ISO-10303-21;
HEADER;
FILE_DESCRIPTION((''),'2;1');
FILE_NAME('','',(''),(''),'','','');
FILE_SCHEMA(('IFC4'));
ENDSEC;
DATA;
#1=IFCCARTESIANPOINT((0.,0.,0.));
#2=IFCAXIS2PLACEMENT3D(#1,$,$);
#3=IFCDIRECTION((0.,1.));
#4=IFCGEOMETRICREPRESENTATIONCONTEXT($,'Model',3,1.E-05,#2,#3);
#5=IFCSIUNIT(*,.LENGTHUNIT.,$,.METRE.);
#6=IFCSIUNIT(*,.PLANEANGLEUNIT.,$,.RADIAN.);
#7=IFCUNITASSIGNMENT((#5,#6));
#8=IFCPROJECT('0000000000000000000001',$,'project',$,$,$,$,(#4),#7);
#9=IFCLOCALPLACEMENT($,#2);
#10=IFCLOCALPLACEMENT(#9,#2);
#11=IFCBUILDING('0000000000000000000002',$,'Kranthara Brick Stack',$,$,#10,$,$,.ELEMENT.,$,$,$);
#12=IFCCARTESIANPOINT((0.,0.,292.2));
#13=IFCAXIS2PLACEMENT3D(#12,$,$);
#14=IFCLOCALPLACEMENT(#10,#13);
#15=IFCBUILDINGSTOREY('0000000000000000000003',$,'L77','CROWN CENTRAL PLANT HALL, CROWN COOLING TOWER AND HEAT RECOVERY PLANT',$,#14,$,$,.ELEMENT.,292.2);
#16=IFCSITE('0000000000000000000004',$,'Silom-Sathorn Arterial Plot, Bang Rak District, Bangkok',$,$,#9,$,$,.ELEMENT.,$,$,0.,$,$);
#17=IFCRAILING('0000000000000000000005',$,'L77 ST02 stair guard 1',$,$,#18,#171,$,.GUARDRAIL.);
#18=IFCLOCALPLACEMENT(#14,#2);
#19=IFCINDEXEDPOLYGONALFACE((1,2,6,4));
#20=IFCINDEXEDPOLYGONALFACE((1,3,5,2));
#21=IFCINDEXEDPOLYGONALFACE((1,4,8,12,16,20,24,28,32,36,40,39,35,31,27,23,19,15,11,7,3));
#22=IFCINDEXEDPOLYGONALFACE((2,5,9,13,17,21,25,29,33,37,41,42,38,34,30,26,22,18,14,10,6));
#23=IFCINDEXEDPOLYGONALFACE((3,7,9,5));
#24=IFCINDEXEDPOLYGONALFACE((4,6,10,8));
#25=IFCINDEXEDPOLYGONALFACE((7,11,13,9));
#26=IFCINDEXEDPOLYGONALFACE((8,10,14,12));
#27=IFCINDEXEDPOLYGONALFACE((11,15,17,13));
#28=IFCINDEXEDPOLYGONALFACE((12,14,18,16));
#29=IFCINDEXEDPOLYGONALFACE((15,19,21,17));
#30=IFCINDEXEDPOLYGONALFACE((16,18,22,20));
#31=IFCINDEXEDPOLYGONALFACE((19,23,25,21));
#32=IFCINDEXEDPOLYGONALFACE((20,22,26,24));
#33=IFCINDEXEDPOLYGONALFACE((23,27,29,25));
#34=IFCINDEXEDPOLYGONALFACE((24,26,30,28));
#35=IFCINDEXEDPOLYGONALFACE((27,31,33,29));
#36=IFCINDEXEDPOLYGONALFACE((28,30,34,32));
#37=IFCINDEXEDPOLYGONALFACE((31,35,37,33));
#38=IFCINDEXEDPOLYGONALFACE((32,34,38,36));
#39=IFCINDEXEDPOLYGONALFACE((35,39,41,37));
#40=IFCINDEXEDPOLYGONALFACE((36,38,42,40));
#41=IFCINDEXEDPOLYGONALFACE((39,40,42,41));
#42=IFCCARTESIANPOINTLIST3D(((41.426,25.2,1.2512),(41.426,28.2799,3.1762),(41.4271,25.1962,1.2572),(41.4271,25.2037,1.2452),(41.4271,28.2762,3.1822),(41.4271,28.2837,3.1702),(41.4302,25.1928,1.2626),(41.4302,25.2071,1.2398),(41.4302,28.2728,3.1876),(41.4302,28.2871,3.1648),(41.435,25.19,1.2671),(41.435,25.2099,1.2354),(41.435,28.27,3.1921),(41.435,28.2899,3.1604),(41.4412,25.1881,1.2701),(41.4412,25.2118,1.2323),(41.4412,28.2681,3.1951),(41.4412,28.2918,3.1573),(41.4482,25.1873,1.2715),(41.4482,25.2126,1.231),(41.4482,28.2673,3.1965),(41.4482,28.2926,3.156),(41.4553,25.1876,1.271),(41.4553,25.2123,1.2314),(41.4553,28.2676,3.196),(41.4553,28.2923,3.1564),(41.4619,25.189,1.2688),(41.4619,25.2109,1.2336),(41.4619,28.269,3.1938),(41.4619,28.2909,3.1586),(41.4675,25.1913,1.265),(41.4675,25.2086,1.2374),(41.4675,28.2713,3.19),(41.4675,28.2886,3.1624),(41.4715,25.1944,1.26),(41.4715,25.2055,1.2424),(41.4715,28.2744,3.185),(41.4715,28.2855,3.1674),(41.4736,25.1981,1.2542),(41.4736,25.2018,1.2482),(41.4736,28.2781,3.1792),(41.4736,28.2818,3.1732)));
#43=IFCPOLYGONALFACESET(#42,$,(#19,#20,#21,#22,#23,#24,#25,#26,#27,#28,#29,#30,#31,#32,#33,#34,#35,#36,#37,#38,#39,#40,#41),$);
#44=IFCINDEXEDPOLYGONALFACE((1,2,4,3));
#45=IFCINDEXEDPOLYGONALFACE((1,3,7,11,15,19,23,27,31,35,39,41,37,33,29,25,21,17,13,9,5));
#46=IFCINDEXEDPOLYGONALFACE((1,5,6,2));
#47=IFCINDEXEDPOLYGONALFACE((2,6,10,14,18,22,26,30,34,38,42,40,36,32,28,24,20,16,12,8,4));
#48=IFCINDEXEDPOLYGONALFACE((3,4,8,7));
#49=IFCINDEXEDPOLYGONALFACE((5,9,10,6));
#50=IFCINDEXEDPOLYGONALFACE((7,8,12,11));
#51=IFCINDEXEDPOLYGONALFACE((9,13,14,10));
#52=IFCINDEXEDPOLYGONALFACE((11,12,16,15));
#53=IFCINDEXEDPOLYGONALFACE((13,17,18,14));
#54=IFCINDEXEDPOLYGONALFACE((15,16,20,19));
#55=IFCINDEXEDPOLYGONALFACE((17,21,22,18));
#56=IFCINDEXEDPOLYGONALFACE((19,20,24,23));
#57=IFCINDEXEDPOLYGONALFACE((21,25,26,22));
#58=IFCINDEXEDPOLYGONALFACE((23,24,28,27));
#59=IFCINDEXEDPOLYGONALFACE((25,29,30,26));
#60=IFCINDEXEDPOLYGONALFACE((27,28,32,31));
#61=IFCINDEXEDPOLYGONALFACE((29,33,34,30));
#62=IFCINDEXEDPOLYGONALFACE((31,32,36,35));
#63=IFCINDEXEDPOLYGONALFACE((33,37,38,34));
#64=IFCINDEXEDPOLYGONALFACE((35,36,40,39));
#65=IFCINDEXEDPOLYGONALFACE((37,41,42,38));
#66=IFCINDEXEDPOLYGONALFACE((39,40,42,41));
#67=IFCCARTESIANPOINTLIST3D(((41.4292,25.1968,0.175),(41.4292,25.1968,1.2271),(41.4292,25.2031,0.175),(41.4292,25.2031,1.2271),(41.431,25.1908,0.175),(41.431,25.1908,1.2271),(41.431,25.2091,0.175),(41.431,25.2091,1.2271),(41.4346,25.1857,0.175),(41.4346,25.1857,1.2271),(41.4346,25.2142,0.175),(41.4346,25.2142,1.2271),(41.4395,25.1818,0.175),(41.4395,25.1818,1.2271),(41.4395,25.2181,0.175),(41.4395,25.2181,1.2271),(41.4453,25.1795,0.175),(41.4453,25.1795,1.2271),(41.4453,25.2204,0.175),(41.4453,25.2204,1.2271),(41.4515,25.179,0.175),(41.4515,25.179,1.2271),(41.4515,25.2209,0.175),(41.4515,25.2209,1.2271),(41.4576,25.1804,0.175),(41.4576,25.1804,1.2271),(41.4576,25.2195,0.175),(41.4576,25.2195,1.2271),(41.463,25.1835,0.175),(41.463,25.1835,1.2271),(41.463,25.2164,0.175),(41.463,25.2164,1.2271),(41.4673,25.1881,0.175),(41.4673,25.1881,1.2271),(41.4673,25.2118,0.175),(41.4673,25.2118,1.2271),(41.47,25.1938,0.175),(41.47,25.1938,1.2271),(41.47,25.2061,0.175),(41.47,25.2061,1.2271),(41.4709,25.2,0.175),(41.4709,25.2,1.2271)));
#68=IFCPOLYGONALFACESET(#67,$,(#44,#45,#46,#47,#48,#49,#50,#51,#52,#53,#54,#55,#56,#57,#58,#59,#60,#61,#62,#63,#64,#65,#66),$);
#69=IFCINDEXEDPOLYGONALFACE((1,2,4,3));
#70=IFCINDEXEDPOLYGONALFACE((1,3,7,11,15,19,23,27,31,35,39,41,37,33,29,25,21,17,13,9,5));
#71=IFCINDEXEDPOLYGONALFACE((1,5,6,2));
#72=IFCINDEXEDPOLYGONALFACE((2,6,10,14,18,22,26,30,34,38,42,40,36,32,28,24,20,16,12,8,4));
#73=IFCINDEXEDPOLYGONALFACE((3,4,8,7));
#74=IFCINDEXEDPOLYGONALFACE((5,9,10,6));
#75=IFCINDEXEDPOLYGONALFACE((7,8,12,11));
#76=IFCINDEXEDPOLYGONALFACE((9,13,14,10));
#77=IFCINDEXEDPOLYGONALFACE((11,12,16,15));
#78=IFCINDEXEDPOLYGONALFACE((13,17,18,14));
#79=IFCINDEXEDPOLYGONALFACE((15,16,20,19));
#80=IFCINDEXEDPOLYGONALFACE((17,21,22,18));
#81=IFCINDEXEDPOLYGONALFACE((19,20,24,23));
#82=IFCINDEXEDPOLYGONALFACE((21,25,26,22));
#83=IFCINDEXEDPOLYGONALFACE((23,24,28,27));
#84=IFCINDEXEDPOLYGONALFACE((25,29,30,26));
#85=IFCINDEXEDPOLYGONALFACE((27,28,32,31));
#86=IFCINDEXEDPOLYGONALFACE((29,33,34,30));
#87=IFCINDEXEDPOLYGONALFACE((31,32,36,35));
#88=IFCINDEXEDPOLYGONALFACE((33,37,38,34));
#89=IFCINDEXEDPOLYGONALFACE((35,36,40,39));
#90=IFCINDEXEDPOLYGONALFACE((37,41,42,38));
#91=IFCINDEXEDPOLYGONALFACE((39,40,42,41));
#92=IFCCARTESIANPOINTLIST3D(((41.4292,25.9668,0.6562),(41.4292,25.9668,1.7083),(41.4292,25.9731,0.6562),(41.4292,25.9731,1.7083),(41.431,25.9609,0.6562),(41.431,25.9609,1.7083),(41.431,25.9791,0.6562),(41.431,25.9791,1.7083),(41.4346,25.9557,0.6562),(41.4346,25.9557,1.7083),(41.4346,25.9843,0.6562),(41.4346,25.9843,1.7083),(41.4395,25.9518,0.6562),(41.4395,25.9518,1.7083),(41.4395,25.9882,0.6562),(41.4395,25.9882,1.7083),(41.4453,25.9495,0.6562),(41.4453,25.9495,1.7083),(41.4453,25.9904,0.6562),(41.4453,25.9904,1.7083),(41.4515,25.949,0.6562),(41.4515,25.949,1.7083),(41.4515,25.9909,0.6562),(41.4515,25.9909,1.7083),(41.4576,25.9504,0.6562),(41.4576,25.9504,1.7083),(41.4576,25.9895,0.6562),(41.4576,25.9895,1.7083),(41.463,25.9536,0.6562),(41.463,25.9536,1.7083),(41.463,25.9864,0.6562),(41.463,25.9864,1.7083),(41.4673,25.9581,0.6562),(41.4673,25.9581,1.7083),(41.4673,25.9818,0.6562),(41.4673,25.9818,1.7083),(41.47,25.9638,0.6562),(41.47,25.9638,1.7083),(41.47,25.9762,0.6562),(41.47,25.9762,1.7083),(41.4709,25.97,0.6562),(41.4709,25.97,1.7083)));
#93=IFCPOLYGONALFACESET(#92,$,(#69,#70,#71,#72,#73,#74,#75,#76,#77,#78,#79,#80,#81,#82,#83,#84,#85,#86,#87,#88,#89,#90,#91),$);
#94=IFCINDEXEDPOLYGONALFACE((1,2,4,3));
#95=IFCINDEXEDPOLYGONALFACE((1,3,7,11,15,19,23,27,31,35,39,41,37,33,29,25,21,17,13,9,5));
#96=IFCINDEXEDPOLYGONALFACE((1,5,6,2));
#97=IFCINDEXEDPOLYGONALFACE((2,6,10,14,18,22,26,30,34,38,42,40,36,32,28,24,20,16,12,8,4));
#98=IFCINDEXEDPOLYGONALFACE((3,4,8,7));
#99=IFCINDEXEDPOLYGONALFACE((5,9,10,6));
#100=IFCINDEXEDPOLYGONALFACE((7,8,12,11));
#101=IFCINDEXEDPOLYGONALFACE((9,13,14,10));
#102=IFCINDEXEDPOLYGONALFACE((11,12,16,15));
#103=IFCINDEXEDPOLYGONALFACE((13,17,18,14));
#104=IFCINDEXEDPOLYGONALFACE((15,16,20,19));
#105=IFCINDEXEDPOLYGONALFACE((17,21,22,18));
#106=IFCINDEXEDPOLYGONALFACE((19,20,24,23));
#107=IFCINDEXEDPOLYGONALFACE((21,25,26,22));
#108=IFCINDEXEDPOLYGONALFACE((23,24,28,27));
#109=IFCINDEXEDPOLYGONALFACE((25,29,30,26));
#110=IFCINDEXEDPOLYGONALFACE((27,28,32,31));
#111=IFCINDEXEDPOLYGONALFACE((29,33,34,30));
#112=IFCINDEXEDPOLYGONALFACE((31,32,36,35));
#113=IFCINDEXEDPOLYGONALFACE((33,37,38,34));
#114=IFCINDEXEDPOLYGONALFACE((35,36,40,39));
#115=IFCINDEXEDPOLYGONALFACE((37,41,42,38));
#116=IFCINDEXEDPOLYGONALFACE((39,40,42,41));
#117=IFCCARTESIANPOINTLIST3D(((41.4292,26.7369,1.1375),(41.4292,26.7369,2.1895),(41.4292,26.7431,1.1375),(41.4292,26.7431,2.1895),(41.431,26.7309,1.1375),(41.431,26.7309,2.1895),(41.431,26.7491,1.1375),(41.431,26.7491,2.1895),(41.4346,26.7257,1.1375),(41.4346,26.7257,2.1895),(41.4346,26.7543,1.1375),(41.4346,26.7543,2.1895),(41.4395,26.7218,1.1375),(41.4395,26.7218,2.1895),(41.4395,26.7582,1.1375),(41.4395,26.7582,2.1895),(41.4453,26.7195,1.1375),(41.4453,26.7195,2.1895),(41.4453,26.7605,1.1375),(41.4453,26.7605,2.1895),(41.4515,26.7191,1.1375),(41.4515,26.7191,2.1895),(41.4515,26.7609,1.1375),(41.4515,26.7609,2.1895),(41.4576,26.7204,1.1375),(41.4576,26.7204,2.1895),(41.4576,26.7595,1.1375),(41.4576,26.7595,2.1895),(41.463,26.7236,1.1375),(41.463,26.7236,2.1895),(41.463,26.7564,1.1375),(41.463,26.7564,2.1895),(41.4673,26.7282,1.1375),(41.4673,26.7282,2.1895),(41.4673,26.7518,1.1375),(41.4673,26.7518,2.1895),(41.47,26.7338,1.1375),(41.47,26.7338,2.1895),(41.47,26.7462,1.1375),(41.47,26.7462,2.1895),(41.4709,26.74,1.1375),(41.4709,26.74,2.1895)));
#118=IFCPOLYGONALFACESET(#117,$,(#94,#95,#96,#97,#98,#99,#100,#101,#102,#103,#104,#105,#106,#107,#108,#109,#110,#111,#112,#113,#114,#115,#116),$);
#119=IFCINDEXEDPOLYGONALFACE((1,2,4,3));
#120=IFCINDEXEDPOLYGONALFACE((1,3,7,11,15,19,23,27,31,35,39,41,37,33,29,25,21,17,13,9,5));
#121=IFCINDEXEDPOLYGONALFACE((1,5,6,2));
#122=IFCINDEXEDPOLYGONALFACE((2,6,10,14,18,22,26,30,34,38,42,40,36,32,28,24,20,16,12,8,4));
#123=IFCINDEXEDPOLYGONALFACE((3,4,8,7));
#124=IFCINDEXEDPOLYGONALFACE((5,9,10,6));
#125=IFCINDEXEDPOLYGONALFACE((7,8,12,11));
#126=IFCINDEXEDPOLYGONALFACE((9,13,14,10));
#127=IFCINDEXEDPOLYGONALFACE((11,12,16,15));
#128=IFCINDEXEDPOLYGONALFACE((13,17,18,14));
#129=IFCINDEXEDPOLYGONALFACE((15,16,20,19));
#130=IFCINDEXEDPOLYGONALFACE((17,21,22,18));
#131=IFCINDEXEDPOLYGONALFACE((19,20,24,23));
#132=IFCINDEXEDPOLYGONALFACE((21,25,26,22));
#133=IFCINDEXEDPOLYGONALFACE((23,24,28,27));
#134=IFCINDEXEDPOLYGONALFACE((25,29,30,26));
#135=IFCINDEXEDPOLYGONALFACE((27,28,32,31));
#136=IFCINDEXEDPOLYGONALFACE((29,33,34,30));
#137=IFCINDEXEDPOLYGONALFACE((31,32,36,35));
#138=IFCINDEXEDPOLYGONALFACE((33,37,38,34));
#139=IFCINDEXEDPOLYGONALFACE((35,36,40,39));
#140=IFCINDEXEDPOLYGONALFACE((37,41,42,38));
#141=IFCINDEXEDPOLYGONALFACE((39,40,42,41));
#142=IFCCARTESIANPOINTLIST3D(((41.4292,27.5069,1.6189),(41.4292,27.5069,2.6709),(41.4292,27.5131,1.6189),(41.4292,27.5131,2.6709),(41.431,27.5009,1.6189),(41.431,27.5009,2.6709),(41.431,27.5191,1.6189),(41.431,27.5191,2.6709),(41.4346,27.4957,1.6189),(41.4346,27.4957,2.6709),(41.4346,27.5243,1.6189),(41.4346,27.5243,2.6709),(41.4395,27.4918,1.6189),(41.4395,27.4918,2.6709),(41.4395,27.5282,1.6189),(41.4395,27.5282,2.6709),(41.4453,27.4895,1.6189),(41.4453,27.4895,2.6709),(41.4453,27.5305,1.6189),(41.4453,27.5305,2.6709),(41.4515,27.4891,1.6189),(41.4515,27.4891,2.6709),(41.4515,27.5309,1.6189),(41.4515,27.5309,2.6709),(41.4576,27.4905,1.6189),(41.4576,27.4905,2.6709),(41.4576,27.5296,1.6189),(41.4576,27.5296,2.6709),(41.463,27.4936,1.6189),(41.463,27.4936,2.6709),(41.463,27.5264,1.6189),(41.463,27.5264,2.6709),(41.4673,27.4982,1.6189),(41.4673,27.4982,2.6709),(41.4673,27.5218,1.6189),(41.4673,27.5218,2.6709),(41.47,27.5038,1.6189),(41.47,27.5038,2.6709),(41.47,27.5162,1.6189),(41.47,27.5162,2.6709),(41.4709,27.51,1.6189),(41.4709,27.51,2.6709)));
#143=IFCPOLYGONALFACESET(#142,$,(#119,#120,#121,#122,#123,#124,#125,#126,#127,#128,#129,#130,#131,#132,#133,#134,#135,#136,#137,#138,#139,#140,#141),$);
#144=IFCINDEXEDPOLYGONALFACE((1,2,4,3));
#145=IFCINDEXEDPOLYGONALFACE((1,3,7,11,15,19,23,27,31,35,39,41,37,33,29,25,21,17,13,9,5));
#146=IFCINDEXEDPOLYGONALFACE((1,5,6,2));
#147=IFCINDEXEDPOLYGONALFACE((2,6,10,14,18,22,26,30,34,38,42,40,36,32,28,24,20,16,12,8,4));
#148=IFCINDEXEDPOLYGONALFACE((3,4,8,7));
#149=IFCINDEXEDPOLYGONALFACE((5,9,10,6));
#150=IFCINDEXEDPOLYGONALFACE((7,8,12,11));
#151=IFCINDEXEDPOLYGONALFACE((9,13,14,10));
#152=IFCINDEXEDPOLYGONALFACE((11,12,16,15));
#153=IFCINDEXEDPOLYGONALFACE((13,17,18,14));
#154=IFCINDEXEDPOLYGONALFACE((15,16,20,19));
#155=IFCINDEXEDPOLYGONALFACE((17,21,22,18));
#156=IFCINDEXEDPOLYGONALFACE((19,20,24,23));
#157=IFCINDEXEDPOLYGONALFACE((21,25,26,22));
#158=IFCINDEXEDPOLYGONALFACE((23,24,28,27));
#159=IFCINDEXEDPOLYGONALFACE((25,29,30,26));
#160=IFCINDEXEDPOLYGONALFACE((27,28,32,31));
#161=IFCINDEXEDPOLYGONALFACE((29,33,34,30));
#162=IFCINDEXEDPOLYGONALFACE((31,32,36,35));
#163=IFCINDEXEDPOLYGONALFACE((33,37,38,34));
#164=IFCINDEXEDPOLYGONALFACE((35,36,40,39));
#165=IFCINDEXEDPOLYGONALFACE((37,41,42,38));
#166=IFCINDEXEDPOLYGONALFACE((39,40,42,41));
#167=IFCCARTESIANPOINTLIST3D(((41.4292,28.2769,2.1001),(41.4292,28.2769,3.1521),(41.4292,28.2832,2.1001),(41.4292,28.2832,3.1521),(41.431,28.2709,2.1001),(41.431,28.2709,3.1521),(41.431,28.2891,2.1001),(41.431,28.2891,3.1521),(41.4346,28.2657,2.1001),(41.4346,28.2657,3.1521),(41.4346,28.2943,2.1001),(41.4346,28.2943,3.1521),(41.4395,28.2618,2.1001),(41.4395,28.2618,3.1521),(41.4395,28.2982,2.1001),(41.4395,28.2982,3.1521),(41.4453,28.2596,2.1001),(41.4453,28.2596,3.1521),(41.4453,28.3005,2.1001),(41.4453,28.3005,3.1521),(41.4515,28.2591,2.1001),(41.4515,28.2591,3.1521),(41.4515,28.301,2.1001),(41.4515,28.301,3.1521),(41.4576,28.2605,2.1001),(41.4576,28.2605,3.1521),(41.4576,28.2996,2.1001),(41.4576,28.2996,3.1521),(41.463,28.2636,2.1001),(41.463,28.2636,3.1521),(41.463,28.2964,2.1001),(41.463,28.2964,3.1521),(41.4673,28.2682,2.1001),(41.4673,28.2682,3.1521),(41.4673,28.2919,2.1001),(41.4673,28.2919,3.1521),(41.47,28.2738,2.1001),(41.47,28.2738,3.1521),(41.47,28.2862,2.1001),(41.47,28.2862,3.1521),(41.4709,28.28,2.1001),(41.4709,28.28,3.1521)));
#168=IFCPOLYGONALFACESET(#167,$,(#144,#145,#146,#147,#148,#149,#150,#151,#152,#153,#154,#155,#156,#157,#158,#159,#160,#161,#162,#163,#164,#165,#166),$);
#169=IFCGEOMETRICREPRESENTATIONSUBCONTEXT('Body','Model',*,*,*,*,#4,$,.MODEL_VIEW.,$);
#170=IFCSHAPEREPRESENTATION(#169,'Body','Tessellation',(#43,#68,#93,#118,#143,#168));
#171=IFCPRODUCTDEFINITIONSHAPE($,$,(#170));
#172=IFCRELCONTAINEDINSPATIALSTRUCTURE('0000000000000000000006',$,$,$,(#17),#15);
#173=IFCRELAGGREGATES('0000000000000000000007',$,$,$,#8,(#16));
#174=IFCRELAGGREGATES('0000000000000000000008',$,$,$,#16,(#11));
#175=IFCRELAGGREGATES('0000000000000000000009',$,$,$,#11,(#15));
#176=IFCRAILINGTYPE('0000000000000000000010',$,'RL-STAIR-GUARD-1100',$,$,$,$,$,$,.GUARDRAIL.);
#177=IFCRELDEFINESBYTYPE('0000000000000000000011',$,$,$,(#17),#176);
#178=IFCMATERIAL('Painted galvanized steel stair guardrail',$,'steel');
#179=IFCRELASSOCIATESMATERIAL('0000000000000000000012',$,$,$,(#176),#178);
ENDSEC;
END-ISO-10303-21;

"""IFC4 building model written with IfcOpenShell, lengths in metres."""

from ifc_helpers import new_model, si_unit, direction, frame, origin, origin_2d, place, context, subcontext, project, spatial, circle, extrude, material, type_object, element, save


model = new_model("IFC4")

# Units and contexts
model_context = context("Model", 3, precision=1e-05, world=origin(), true_north=direction((0.0, 1.0)))
body_context = subcontext(model_context, "Body", "Model", "MODEL_VIEW")
ifc_project = project(units=[si_unit("LENGTHUNIT", "METRE"), si_unit("PLANEANGLEUNIT", "RADIAN")], contexts=[model_context])

# Site, building, storey
site_placement = place(None, origin())
site = spatial("IfcSite", under=ifc_project, at=site_placement, Name="Silom-Sathorn Arterial Plot, Bang Rak District, Bangkok", CompositionType="ELEMENT", RefElevation=0.0)
building_placement = place(site_placement, origin())
building = spatial("IfcBuilding", under=site, at=building_placement, Name="Kranthara Brick Stack", CompositionType="ELEMENT")
storey_placement = place(building_placement, frame((0.0, 0.0, 292.2)))
storey = spatial("IfcBuildingStorey", under=building, at=storey_placement, Name="L77", Description="CROWN CENTRAL PLANT HALL, CROWN COOLING TOWER AND HEAT RECOVERY PLANT", CompositionType="ELEMENT", Elevation=292.2)

# Railing
ifc_material_1 = material(Name="Painted galvanized steel stair guardrail", Category="steel")
railing_type_1 = type_object("IfcRailingType", Name="RL-STAIR-GUARD-1100", PredefinedType="GUARDRAIL", material=ifc_material_1)
railing_1_placement = place(storey_placement, frame((41.45, 25.2, 0.175)))
element("IfcRailing", 1, at=railing_1_placement, inside=storey, type_object=railing_type_1, Name="L77 ST02 stair guard 1", PredefinedType="GUARDRAIL", context=body_context, shape_type="SweptSolid", body=[
    extrude(circle(Radius=0.0239, at=origin_2d()), frame((0.0, 0.0, 1.0762), z_axis=(0.0, 0.847998, 0.529999), x_axis=(-1.0, 0.0, 0.0)), (0.0, 0.0, 1.0), 3.6321),
    extrude(circle(Radius=0.021, at=origin_2d()), origin(), (0.0, 0.0, 1.0), 1.052),
    extrude(circle(Radius=0.021, at=origin_2d()), frame((0.0, 0.77, 0.4812)), (0.0, 0.0, 1.0), 1.052),
    extrude(circle(Radius=0.021, at=origin_2d()), frame((0.0, 1.54, 0.9624)), (0.0, 0.0, 1.0), 1.052),
    extrude(circle(Radius=0.021, at=origin_2d()), frame((0.0, 2.3101, 1.4438)), (0.0, 0.0, 1.0), 1.052),
    extrude(circle(Radius=0.021, at=origin_2d()), frame((0.0, 3.0801, 1.925)), (0.0, 0.0, 1.0), 1.052),
])

save(model, "model.ifc")
